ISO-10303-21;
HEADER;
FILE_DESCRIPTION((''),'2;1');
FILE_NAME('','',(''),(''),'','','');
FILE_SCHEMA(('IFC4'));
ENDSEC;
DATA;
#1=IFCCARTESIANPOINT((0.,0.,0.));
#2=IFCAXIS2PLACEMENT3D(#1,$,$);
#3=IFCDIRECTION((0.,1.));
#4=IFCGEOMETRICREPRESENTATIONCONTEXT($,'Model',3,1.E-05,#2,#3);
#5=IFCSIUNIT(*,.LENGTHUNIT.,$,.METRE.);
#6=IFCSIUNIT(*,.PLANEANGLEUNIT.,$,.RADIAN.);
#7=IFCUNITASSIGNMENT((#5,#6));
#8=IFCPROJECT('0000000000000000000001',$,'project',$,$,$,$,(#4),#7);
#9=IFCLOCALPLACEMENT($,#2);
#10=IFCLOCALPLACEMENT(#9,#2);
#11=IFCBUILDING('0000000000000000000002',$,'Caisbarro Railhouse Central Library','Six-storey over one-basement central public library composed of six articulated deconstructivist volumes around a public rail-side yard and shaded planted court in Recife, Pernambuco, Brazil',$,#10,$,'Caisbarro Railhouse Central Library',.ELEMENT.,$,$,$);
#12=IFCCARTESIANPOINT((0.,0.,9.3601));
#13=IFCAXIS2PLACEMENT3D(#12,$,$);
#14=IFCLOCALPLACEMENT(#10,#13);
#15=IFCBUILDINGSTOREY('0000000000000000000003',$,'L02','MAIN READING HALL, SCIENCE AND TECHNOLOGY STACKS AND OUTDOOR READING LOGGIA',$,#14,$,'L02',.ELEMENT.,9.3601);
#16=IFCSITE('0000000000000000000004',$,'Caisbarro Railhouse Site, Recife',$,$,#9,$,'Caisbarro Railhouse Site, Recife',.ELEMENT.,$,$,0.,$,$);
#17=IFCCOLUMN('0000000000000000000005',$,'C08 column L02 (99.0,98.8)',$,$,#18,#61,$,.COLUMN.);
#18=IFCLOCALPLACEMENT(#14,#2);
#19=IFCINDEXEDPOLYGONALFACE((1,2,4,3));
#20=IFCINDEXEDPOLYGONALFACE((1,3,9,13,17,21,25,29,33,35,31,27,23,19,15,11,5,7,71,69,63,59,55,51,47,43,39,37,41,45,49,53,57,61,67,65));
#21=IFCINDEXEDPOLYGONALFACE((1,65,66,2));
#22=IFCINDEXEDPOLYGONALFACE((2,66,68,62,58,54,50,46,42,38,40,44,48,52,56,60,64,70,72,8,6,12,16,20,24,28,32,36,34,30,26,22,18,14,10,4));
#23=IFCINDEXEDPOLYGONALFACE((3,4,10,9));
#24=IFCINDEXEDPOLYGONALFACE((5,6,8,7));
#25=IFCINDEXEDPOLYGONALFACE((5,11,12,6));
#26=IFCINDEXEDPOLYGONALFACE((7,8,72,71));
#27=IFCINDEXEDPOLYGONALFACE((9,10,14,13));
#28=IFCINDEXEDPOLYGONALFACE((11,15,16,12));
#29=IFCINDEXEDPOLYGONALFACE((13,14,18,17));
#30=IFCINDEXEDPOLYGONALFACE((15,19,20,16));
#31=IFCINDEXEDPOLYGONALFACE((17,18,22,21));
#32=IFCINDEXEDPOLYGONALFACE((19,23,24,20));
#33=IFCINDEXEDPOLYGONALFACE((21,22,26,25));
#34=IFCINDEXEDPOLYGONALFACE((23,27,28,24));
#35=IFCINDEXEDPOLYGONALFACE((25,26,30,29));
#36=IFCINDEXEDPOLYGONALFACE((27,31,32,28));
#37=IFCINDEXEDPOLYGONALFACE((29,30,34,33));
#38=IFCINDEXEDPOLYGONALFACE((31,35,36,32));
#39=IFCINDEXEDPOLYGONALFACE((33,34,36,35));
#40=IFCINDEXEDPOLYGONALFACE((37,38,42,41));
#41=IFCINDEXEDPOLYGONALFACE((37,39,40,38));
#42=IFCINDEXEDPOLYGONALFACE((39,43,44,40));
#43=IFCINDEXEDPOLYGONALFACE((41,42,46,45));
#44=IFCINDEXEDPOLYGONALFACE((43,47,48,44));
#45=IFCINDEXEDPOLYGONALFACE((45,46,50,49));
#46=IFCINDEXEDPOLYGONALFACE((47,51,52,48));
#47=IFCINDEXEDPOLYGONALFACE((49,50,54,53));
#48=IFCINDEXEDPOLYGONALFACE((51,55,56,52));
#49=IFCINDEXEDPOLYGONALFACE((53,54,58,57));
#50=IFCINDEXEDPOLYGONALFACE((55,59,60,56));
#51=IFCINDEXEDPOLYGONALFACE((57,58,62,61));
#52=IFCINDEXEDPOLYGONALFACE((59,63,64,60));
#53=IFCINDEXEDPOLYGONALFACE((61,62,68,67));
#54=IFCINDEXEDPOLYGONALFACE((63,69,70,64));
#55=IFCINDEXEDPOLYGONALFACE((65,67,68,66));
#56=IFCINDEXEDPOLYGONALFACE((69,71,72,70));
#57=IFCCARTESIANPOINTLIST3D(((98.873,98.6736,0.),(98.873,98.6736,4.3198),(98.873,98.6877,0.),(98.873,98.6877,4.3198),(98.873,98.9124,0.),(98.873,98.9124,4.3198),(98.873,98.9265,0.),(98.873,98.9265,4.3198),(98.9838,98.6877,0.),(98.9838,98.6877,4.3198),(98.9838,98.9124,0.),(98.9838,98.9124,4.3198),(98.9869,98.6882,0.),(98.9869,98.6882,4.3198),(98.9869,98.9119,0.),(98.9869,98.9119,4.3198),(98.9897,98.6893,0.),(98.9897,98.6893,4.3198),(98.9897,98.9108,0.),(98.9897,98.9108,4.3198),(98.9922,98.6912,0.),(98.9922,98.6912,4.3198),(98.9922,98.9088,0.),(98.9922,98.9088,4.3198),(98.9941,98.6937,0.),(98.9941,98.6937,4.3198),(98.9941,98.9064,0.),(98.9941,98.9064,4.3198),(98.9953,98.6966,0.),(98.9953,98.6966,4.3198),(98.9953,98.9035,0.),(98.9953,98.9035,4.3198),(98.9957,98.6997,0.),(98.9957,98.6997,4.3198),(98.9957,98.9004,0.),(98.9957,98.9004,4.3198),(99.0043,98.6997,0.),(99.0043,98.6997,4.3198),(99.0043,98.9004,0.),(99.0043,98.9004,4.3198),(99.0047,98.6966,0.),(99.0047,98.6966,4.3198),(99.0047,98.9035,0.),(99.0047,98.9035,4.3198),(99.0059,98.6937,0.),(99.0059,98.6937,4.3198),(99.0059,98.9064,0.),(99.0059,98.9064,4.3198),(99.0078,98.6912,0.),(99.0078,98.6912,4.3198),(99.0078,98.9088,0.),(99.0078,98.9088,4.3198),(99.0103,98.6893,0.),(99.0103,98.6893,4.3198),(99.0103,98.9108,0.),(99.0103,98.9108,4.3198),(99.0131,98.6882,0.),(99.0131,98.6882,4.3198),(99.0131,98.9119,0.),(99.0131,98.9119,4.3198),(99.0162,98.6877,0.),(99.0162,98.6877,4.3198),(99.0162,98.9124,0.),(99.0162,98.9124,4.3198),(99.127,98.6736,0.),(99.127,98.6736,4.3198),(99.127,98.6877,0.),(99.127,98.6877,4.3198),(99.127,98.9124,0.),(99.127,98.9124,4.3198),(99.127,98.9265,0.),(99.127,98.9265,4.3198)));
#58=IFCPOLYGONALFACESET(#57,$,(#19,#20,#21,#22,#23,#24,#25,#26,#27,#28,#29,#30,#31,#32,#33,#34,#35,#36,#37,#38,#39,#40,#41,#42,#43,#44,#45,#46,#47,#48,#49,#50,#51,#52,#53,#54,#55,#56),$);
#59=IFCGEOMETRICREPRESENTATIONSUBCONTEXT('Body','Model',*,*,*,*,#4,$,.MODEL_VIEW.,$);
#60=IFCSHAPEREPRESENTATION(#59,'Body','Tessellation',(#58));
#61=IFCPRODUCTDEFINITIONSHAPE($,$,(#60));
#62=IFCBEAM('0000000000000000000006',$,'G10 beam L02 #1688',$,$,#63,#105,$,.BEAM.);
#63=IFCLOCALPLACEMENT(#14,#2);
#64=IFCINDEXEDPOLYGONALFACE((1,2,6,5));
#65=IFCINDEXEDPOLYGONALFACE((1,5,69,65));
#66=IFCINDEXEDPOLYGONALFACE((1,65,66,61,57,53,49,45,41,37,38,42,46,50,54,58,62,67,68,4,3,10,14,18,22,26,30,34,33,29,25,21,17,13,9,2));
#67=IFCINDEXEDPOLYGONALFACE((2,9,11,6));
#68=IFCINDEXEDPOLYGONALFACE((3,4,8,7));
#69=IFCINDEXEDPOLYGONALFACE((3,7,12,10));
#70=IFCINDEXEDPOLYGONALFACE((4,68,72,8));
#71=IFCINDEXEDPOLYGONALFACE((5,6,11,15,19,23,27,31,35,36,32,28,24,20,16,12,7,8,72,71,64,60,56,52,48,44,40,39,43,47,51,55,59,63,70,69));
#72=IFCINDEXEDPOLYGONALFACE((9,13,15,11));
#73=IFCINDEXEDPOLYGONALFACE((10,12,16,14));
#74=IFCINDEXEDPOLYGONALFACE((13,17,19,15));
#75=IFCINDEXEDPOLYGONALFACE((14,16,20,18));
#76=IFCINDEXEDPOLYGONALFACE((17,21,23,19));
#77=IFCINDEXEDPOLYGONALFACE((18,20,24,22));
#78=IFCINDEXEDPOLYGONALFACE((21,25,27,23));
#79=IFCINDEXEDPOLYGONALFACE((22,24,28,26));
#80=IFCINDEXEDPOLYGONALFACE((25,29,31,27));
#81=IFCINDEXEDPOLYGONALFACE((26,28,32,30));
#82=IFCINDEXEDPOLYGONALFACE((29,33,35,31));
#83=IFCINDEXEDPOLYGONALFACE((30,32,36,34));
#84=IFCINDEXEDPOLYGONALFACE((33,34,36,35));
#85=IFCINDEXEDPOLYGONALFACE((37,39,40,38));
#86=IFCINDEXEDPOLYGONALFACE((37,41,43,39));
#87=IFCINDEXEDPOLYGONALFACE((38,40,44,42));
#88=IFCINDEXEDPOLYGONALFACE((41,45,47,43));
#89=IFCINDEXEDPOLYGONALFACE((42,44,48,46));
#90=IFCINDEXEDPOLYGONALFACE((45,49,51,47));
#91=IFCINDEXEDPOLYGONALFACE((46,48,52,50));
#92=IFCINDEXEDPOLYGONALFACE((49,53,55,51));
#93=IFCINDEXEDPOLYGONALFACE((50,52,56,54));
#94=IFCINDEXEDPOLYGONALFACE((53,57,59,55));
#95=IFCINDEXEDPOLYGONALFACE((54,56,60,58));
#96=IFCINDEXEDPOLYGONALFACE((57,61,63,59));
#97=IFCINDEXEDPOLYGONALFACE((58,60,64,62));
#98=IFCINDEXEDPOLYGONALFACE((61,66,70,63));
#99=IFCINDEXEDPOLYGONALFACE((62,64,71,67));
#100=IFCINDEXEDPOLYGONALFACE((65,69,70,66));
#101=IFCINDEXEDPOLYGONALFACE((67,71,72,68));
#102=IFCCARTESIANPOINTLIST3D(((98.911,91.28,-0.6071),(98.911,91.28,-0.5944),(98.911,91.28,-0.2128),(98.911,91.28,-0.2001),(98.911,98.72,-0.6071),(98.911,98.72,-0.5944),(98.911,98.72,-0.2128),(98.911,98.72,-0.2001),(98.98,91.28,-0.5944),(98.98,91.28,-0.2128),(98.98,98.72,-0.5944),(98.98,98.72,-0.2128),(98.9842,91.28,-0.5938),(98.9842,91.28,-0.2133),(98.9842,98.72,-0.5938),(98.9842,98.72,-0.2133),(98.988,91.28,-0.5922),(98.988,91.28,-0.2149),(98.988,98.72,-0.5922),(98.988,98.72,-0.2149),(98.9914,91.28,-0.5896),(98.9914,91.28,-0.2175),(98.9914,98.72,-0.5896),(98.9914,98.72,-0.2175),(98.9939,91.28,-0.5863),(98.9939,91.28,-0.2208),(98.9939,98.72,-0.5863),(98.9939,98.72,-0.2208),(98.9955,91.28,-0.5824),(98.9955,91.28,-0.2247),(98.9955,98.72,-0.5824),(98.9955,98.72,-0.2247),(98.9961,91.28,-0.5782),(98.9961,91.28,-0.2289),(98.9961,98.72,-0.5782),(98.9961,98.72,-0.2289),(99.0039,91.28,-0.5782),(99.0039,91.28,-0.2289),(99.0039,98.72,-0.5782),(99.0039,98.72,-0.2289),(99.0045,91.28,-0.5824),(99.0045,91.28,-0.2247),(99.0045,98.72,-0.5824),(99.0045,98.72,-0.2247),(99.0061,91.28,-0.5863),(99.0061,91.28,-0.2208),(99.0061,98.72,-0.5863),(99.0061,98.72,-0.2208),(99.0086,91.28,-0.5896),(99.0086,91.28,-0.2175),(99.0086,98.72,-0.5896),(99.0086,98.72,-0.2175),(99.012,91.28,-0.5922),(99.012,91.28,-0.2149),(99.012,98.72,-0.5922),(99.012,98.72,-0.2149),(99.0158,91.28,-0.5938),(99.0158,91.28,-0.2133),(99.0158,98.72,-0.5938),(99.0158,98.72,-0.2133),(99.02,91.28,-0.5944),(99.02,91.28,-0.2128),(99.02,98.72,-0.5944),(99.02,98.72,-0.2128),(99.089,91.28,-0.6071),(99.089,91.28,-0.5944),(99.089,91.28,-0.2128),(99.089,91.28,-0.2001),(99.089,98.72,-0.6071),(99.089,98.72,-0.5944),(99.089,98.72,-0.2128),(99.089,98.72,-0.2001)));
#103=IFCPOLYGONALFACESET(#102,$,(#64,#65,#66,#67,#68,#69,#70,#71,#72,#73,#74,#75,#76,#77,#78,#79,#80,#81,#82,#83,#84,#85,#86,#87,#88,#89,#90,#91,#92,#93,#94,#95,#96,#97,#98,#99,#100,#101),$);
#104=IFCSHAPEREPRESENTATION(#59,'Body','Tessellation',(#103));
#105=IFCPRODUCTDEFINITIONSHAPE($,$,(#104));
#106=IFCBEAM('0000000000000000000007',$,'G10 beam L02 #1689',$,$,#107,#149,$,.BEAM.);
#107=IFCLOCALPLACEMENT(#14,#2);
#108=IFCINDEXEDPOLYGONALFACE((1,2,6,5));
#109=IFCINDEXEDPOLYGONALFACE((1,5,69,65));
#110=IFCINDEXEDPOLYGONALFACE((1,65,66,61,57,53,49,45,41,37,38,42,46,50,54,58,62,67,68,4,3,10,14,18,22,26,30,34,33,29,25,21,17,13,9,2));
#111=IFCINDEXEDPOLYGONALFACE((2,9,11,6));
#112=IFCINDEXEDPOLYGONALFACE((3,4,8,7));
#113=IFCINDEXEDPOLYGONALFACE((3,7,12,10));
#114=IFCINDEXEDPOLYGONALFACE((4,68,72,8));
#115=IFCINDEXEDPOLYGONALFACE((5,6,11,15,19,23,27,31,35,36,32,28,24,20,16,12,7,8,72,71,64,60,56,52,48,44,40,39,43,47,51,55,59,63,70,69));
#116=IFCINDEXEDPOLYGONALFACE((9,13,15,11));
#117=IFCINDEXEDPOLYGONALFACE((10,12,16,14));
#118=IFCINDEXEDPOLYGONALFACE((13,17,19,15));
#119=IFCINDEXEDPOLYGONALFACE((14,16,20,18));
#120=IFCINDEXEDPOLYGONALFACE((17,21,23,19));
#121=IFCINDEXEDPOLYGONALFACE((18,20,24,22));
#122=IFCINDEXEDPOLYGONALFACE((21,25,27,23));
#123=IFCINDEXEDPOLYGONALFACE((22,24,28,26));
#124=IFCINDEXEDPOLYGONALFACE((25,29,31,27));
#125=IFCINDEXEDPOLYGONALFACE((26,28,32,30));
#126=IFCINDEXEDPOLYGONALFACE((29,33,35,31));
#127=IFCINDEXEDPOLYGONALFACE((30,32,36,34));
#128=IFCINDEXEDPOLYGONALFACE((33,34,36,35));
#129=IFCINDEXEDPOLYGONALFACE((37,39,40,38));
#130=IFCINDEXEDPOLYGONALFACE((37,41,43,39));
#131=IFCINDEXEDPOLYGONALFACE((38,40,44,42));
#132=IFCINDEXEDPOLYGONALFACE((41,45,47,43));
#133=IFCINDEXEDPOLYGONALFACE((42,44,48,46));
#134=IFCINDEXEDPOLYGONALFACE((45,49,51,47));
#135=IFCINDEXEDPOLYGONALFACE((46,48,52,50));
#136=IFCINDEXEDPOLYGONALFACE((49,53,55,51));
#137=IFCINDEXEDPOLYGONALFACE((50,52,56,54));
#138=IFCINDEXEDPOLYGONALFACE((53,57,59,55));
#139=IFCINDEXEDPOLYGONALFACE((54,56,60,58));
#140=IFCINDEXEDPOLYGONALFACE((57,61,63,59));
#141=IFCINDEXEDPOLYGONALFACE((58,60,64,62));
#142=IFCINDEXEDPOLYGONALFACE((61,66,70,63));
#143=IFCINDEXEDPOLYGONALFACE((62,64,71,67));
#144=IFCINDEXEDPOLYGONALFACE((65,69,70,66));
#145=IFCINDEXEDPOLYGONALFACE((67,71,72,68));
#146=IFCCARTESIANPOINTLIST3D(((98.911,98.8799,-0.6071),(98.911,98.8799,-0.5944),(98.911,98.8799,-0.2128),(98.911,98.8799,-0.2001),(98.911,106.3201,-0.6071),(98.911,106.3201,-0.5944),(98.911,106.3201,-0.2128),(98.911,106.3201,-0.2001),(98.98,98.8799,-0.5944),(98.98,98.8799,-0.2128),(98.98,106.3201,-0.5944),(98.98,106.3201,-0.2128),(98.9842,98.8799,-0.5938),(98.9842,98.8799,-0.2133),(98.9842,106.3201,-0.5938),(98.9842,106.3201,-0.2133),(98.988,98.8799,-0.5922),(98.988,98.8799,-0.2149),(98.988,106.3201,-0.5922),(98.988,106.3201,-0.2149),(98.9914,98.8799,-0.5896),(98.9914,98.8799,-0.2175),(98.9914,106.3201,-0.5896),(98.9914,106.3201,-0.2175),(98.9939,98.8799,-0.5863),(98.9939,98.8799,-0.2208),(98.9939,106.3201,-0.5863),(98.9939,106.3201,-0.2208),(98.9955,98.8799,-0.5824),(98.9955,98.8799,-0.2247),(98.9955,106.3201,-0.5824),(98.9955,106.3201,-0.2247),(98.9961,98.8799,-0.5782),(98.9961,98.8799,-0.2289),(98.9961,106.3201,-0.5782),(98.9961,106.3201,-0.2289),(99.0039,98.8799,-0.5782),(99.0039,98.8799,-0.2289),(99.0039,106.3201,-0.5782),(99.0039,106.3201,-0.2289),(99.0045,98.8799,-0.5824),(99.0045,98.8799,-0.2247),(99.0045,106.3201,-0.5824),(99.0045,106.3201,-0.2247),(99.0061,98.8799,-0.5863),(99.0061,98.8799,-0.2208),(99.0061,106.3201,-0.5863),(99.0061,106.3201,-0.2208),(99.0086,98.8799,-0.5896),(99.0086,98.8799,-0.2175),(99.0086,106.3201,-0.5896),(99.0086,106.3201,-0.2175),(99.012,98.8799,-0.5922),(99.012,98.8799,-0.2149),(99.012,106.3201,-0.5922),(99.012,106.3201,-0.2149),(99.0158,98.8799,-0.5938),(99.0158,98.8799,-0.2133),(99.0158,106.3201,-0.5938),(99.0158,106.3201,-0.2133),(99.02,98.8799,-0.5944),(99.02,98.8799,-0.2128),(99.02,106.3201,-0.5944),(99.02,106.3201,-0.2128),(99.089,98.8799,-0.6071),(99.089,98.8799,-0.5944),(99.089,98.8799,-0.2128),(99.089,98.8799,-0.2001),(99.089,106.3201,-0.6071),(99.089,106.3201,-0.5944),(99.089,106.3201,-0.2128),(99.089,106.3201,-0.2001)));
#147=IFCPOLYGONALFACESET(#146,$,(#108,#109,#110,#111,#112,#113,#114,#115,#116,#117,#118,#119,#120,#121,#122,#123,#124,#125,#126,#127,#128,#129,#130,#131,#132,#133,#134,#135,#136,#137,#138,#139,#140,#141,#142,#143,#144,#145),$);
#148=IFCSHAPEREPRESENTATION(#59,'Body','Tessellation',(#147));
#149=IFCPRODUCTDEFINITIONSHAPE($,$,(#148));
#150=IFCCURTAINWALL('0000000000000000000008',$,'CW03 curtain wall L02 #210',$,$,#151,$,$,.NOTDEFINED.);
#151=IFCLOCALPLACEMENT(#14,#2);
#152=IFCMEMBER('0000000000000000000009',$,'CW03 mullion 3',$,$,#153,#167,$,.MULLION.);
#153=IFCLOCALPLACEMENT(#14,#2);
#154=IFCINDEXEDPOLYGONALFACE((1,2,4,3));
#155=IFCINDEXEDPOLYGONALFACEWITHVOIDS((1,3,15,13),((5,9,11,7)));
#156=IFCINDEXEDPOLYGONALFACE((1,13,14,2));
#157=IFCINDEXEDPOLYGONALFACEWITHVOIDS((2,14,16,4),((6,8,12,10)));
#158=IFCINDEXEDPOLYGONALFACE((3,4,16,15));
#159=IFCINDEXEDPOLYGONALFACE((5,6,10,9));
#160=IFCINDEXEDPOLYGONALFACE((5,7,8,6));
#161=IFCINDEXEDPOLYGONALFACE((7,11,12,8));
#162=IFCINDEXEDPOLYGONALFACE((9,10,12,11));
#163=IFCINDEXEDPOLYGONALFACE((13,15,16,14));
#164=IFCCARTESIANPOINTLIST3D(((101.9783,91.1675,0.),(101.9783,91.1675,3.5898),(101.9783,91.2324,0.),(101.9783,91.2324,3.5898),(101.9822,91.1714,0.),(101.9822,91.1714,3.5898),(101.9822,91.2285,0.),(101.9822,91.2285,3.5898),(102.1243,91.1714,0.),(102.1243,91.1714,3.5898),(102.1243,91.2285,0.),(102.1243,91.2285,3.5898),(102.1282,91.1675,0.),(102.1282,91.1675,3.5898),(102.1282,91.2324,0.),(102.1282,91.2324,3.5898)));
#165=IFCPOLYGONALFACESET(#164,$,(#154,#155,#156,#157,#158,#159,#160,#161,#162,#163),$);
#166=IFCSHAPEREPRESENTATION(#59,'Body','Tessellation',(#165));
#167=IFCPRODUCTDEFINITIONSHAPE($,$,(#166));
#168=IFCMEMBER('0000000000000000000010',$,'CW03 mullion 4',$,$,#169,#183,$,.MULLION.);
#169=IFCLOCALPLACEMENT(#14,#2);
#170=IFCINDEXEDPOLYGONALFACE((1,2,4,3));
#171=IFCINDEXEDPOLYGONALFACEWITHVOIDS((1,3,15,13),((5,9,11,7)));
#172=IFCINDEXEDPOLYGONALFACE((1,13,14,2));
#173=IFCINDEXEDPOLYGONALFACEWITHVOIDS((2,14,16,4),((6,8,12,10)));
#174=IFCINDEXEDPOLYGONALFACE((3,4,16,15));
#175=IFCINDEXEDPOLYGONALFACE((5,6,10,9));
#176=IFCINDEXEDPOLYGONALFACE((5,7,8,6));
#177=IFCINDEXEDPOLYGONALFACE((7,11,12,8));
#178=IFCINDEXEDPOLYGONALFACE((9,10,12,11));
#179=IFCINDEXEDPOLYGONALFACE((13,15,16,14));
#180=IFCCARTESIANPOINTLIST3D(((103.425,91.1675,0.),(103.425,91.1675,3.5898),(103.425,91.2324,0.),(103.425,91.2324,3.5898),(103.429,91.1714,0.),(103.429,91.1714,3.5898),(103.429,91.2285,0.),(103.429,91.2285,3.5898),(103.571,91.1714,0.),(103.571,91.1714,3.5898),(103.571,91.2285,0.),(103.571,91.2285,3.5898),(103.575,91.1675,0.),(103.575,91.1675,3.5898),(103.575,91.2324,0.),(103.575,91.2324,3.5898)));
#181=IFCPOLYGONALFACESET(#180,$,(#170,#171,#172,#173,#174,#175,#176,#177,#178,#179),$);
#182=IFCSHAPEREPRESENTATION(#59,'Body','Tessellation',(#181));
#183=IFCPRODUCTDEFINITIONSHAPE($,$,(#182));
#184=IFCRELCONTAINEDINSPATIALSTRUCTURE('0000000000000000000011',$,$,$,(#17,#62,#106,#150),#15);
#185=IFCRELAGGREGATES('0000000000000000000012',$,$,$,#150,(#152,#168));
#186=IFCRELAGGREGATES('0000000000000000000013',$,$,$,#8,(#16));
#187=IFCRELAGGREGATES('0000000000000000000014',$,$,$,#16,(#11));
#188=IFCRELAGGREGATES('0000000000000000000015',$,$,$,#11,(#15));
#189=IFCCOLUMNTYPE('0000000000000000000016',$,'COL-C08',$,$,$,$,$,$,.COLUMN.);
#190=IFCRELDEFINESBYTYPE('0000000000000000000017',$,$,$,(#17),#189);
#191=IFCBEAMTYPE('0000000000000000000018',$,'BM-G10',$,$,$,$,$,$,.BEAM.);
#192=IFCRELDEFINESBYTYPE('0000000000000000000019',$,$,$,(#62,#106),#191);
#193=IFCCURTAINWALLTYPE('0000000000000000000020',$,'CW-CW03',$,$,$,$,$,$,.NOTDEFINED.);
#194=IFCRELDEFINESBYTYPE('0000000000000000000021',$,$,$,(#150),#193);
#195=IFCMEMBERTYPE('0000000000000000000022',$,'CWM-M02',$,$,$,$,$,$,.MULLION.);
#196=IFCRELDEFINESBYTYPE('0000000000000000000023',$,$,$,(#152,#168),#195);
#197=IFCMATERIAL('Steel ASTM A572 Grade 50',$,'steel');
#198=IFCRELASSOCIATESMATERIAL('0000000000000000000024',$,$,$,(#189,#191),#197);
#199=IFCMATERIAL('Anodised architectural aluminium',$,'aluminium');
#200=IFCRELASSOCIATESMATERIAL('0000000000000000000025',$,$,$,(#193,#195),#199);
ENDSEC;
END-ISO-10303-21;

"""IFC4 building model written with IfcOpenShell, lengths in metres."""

from ifc_helpers import new_model, si_unit, direction, frame, origin, origin_2d, place, context, subcontext, project, spatial, hollow_rectangle, i_section, extrude, material, material_profile, profile_set, type_object, element, aggregate, save


model = new_model("IFC4")

# Units and contexts
model_context = context("Model", 3, precision=1e-05, world=origin(), true_north=direction((0.0, 1.0)))
body_context = subcontext(model_context, "Body", "Model", "MODEL_VIEW")
ifc_project = project(units=[si_unit("LENGTHUNIT", "METRE"), si_unit("PLANEANGLEUNIT", "RADIAN")], contexts=[model_context])

# Site, building, storey
site_placement = place(None, origin())
site = spatial("IfcSite", under=ifc_project, at=site_placement, Name="Caisbarro Railhouse Site, Recife", LongName="Caisbarro Railhouse Site, Recife", CompositionType="ELEMENT", RefElevation=0.0)
building_placement = place(site_placement, origin())
building = spatial("IfcBuilding", under=site, at=building_placement, Name="Caisbarro Railhouse Central Library", Description="Six-storey over one-basement central public library composed of six articulated deconstructivist volumes around a public rail-side yard and shaded planted court in Recife, Pernambuco, Brazil", LongName="Caisbarro Railhouse Central Library", CompositionType="ELEMENT")
storey_placement = place(building_placement, frame((0.0, 0.0, 9.3601)))
storey = spatial("IfcBuildingStorey", under=building, at=storey_placement, Name="L02", Description="MAIN READING HALL, SCIENCE AND TECHNOLOGY STACKS AND OUTDOOR READING LOGGIA", LongName="L02", CompositionType="ELEMENT", Elevation=9.3601)

# Column
ifc_material_1 = material(Name="Steel ASTM A572 Grade 50", Category="steel")
ifc_material_profile_1 = material_profile(ifc_material_1, i_section(OverallWidth=0.2539, OverallDepth=0.2529, WebThickness=0.0085, FlangeThickness=0.0142, FilletRadius=0.012, at=origin_2d()), Name="W250X73.0")
ifc_profile_set_1 = profile_set([ifc_material_profile_1], Name="Steel ASTM A572 Grade 50")
column_type = type_object("IfcColumnType", Name="COL-C08", PredefinedType="COLUMN", material=ifc_profile_set_1)
column_placement = place(storey_placement, frame((99.0, 98.8, 0.0), z_axis=(0.0, 0.0, 1.0), x_axis=(1.0, 0.0, 0.0)))
element("IfcColumn", 1, at=column_placement, inside=storey, type_object=column_type, Name="C08 column L02 (99.0,98.8)", PredefinedType="COLUMN", context=body_context, shape_type="SweptSolid", body=[
    extrude(i_section(OverallWidth=0.2539, OverallDepth=0.2529, WebThickness=0.0085, FlangeThickness=0.0142, FilletRadius=0.012, at=origin_2d()), origin(), (0.0, 0.0, 1.0), 4.3198),
])

# Beams
ifc_material_profile_2 = material_profile(ifc_material_1, i_section(OverallWidth=0.178, OverallDepth=0.407, WebThickness=0.0078, FlangeThickness=0.0127, FilletRadius=0.0161, at=origin_2d()), Name="W410X60.0")
ifc_profile_set_2 = profile_set([ifc_material_profile_2], Name="Steel ASTM A572 Grade 50")
beam_type = type_object("IfcBeamType", Name="BM-G10", PredefinedType="BEAM", material=ifc_profile_set_2)
beam_1_placement = place(storey_placement, frame((99.0, 91.28, -0.4036), z_axis=(0.0, 1.0, 0.0), x_axis=(-1.0, 0.0, 0.0)))
element("IfcBeam", 2, at=beam_1_placement, inside=storey, type_object=beam_type, Name="G10 beam L02 #1688", PredefinedType="BEAM", context=body_context, shape_type="SweptSolid", body=[
    extrude(i_section(OverallWidth=0.178, OverallDepth=0.407, WebThickness=0.0078, FlangeThickness=0.0127, FilletRadius=0.0161, at=origin_2d()), origin(), (0.0, 0.0, 1.0), 7.4399),
])
beam_2_placement = place(storey_placement, frame((99.0, 98.8799, -0.4036), z_axis=(0.0, 1.0, 0.0), x_axis=(-1.0, 0.0, 0.0)))
element("IfcBeam", 3, at=beam_2_placement, inside=storey, type_object=beam_type, Name="G10 beam L02 #1689", PredefinedType="BEAM", context=body_context, shape_type="SweptSolid", body=[
    extrude(i_section(OverallWidth=0.178, OverallDepth=0.407, WebThickness=0.0078, FlangeThickness=0.0127, FilletRadius=0.0161, at=origin_2d()), origin(), (0.0, 0.0, 1.0), 7.4402),
])

# Curtain wall, members
ifc_material_2 = material(Name="Anodised architectural aluminium", Category="aluminium")
curtain_wall_type = type_object("IfcCurtainWallType", Name="CW-CW03", PredefinedType="NOTDEFINED", material=ifc_material_2)
curtain_wall_placement = place(storey_placement, origin())
curtain_wall = element("IfcCurtainWall", 4, at=curtain_wall_placement, inside=storey, type_object=curtain_wall_type, Name="CW03 curtain wall L02 #210", PredefinedType="NOTDEFINED")
ifc_material_profile_3 = material_profile(ifc_material_2, hollow_rectangle(XDim=0.0649, YDim=0.1499, WallThickness=0.0039, at=origin_2d()), Name="ALU-MUL-65X150")
ifc_profile_set_3 = profile_set([ifc_material_profile_3], Name="Anodised architectural aluminium")
member_type_1 = type_object("IfcMemberType", Name="CWM-M02", PredefinedType="MULLION", material=ifc_profile_set_3)
member_1_placement = place(storey_placement, frame((102.0532, 91.2, 0.0), z_axis=(0.0, 0.0, 1.0), x_axis=(0.0, 1.0, 0.0)))
member_1 = element("IfcMember", 5, at=member_1_placement, type_object=member_type_1, Name="CW03 mullion 3", PredefinedType="MULLION", context=body_context, shape_type="SweptSolid", body=[
    extrude(hollow_rectangle(XDim=0.0649, YDim=0.1499, WallThickness=0.0039, at=origin_2d()), origin(), (0.0, 0.0, 1.0), 3.5898),
])
member_2_placement = place(storey_placement, frame((103.5, 91.2, 0.0), z_axis=(0.0, 0.0, 1.0), x_axis=(0.0, 1.0, 0.0)))
member_2 = element("IfcMember", 6, at=member_2_placement, type_object=member_type_1, Name="CW03 mullion 4", PredefinedType="MULLION", context=body_context, shape_type="SweptSolid", body=[
    extrude(hollow_rectangle(XDim=0.0649, YDim=0.1499, WallThickness=0.0039, at=origin_2d()), origin(), (0.0, 0.0, 1.0), 3.5898),
])
aggregate(curtain_wall, [member_1, member_2])

save(model, "model.ifc")
